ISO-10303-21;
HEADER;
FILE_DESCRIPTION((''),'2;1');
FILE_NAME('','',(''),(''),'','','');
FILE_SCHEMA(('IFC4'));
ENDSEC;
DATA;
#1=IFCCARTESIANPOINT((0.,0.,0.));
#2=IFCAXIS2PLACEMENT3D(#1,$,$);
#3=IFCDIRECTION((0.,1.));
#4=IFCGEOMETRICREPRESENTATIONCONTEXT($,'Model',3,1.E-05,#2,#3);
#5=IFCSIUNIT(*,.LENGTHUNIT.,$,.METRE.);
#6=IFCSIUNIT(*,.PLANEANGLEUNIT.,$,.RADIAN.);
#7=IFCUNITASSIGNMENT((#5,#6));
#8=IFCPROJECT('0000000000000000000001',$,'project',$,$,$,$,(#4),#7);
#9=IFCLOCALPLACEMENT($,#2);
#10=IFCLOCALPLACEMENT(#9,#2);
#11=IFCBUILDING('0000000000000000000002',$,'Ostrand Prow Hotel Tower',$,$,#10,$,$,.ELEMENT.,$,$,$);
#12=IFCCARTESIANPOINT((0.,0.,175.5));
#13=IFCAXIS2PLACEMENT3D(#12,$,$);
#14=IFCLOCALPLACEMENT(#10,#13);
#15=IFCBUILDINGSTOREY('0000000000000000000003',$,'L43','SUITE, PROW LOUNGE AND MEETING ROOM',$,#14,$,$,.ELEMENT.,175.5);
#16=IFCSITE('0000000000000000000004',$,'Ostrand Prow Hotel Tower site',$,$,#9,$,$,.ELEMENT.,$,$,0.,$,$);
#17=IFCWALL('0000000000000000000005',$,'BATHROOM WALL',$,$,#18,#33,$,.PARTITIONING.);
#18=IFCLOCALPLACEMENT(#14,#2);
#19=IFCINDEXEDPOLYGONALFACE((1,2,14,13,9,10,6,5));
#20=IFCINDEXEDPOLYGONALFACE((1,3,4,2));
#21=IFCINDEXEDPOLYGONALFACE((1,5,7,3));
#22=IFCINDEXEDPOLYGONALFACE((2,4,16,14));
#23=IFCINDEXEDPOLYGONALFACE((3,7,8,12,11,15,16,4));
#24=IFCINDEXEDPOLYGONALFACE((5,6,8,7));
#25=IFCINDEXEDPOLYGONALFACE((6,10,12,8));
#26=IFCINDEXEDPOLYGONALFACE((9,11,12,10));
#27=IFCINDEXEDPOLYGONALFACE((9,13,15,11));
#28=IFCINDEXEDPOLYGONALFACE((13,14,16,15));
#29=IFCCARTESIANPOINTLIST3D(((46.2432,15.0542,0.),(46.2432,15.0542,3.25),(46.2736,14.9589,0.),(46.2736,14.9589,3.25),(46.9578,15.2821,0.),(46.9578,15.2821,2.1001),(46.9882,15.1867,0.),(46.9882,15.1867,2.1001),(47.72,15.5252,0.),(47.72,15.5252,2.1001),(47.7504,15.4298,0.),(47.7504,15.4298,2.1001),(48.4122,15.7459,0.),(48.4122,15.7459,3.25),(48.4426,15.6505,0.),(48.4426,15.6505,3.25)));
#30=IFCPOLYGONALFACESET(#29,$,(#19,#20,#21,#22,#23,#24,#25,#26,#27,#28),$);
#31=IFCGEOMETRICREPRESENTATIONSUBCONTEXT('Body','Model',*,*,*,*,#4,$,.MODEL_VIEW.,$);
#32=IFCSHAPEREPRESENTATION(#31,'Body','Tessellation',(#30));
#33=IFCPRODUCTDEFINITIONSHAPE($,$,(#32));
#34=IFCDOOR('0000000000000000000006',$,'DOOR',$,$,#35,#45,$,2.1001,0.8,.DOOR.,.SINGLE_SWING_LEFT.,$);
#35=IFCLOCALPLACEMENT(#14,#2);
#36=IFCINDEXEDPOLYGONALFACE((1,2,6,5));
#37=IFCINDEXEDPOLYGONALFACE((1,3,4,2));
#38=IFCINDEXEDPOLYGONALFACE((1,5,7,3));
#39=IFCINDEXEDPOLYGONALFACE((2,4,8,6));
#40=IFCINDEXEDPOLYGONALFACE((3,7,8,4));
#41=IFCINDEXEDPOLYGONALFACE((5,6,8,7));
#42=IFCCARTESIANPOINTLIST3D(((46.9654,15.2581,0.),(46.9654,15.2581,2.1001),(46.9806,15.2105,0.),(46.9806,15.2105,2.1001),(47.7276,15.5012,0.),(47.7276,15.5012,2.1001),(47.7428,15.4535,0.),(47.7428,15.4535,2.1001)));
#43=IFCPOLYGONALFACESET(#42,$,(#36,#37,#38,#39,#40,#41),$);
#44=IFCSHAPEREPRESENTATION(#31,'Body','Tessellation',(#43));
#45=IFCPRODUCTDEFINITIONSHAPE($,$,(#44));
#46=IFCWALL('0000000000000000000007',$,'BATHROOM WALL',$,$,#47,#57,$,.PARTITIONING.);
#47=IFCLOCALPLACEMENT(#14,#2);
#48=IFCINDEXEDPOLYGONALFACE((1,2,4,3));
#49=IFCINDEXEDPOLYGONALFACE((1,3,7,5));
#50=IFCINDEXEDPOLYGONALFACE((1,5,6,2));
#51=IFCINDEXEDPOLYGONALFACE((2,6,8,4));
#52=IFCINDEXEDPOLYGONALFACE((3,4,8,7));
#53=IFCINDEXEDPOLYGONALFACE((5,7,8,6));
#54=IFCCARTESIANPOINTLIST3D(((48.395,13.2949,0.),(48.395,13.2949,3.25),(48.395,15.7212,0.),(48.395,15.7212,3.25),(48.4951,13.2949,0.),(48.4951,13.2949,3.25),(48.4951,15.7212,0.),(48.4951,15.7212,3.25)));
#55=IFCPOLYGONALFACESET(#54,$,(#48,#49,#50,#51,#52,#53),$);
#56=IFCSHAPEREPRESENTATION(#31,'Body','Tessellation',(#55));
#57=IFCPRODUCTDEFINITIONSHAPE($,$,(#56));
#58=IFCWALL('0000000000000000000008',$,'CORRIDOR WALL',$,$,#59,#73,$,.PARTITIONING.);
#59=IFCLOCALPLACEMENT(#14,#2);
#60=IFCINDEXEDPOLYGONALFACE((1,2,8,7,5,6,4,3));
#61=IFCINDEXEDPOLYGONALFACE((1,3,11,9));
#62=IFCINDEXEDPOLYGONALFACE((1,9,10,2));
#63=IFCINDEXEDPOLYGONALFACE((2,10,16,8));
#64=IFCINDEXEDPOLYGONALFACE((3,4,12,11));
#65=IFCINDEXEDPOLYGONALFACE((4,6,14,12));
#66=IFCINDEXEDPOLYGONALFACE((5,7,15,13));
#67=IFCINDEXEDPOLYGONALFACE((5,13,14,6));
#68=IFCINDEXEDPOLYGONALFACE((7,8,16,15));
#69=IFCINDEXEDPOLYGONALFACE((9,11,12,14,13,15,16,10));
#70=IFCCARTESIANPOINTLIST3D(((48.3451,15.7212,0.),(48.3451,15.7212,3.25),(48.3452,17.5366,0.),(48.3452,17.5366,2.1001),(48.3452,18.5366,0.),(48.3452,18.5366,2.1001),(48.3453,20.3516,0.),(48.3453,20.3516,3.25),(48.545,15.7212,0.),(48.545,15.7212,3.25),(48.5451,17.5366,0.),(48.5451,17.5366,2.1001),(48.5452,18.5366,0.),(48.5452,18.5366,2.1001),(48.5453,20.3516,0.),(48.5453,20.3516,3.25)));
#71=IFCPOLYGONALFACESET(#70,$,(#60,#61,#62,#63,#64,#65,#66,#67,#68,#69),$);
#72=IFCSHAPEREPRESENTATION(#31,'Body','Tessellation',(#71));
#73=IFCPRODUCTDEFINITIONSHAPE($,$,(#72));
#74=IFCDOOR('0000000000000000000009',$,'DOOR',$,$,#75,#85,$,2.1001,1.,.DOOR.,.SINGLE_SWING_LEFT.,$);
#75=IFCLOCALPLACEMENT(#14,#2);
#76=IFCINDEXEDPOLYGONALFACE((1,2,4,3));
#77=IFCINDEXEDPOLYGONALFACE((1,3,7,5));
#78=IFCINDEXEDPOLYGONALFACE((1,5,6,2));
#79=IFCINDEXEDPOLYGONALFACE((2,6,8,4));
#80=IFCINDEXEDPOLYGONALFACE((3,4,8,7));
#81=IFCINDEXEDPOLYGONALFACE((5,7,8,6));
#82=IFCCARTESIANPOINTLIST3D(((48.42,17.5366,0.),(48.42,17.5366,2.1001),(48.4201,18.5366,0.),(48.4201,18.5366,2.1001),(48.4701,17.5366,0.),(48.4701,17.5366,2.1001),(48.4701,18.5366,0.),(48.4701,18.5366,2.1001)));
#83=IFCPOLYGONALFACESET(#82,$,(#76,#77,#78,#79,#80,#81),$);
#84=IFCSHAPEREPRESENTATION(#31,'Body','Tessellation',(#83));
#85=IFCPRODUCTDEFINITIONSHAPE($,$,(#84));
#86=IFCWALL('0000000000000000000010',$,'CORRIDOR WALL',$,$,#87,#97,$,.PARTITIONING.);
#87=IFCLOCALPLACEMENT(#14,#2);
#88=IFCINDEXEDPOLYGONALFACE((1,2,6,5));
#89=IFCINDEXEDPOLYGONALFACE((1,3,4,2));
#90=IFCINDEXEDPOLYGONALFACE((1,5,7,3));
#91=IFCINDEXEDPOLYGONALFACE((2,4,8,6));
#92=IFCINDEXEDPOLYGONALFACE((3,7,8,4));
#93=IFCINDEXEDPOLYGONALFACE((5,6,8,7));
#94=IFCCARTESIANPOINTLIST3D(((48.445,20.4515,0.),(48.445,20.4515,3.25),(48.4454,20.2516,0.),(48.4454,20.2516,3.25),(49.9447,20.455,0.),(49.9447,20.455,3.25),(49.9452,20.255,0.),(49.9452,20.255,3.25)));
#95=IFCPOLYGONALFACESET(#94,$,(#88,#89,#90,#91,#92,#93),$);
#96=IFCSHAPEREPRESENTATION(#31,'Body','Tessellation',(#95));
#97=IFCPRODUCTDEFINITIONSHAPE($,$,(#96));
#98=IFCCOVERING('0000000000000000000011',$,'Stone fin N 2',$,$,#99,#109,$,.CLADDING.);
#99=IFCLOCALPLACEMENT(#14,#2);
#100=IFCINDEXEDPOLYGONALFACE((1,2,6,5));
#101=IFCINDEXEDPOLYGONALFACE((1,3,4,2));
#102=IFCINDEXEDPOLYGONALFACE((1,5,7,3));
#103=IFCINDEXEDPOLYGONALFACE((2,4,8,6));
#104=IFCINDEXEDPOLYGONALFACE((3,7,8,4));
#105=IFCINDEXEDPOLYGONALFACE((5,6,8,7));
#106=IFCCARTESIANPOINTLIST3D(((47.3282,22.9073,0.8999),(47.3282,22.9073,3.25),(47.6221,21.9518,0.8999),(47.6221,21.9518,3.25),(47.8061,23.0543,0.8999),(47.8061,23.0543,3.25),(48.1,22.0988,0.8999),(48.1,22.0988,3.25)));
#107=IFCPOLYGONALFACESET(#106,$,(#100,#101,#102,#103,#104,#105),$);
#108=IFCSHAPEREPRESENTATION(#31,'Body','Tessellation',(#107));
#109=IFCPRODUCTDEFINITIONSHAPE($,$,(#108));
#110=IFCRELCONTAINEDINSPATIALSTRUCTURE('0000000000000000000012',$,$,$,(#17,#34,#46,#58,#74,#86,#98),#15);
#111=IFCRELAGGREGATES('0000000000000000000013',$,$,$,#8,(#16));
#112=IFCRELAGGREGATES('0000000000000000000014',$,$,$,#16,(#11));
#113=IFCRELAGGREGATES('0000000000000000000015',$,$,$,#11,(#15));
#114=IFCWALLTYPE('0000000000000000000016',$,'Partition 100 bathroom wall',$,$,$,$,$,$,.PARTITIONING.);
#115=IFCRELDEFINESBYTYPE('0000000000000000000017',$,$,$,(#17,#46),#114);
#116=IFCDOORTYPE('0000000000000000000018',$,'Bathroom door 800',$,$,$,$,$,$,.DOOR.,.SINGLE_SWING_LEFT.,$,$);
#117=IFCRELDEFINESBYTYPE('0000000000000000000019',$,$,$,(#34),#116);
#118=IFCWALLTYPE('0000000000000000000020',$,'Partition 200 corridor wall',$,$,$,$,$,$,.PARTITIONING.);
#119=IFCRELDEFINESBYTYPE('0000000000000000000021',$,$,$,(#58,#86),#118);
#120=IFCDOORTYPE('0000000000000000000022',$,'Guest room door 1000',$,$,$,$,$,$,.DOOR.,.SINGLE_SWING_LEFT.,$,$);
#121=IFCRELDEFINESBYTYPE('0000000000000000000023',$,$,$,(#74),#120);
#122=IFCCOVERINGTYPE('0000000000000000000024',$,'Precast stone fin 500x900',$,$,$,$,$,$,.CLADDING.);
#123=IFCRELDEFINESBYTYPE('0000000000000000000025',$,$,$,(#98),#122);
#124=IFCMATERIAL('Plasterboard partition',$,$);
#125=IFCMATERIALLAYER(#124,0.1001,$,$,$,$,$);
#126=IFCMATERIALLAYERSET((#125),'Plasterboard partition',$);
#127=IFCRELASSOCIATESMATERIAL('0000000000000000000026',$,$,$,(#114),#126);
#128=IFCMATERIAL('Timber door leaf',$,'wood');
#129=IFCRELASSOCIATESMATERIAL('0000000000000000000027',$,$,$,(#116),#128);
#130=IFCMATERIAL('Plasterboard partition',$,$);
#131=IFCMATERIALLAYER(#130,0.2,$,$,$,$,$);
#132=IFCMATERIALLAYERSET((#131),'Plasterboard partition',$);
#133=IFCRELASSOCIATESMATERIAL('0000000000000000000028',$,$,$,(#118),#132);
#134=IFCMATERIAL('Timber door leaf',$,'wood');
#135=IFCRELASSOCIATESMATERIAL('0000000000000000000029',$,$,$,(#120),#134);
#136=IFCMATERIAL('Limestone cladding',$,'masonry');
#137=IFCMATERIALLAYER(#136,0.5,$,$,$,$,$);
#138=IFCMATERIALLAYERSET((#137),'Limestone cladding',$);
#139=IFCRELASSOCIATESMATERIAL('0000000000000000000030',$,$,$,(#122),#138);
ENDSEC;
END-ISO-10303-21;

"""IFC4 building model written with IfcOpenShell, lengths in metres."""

from ifc_helpers import new_model, si_unit, direction, frame, frame_2d, origin, place, context, subcontext, project, spatial, rectangle, extrude, material, layer, layer_set, type_object, element, fill, save


model = new_model("IFC4")

# Units and contexts
model_context = context("Model", 3, precision=1e-05, world=origin(), true_north=direction((0.0, 1.0)))
body_context = subcontext(model_context, "Body", "Model", "MODEL_VIEW")
ifc_project = project(units=[si_unit("LENGTHUNIT", "METRE"), si_unit("PLANEANGLEUNIT", "RADIAN")], contexts=[model_context])

# Site, building, storey
site_placement = place(None, origin())
site = spatial("IfcSite", under=ifc_project, at=site_placement, Name="Ostrand Prow Hotel Tower site", CompositionType="ELEMENT", RefElevation=0.0)
building_placement = place(site_placement, origin())
building = spatial("IfcBuilding", under=site, at=building_placement, Name="Ostrand Prow Hotel Tower", CompositionType="ELEMENT")
storey_placement = place(building_placement, frame((0.0, 0.0, 175.5)))
storey = spatial("IfcBuildingStorey", under=building, at=storey_placement, Name="L43", Description="SUITE, PROW LOUNGE AND MEETING ROOM", CompositionType="ELEMENT", Elevation=175.5)

# Shared definitions
ifc_material_1 = material(Name="Plasterboard partition")
ifc_layer_1 = layer(ifc_material_1, 0.1001)
ifc_layer_set_1 = layer_set([ifc_layer_1], Name="Plasterboard partition")
wall_type_1 = type_object("IfcWallType", Name="Partition 100 bathroom wall", PredefinedType="PARTITIONING", material=ifc_layer_set_1)

# Wall, opening, door
wall_1_placement = place(storey_placement, frame((46.2585, 15.0066, 0.0), z_axis=(0.0, 0.0, 1.0), x_axis=(0.952731, 0.303814, 0.0)))
wall_1 = element("IfcWall", 1, at=wall_1_placement, inside=storey, type_object=wall_type_1, Name="BATHROOM WALL", PredefinedType="PARTITIONING", context=body_context, shape_type="SweptSolid", body=[
    extrude(rectangle(XDim=2.2766, YDim=0.1001, at=frame_2d((1.1382, 0.0))), origin(), (0.0, 0.0, 1.0), 3.25),
])
opening_1_placement = place(wall_1_placement, frame((0.75, 0.0, 0.0)))
opening_1 = element("IfcOpeningElement", 2, at=opening_1_placement, cuts=wall_1, PredefinedType="OPENING", context=body_context, shape_type="SweptSolid", body=[
    extrude(rectangle(XDim=0.8, YDim=2.1001, at=frame_2d((0.3999, 1.05))), frame((0.0, 0.0601, 0.0), z_axis=(0.0, -1.0, 0.0), x_axis=(1.0, 0.0, 0.0)), (0.0, 0.0, 1.0), 0.1201),
])
ifc_material_2 = material(Name="Timber door leaf", Category="wood")
door_type_1 = type_object("IfcDoorType", Name="Bathroom door 800", OperationType="SINGLE_SWING_LEFT", PredefinedType="DOOR", material=ifc_material_2)
door_1_placement = place(opening_1_placement, origin())
door_1 = element("IfcDoor", 3, at=door_1_placement, inside=storey, type_object=door_type_1, Name="DOOR", OperationType="SINGLE_SWING_LEFT", OverallHeight=2.1001, OverallWidth=0.8, PredefinedType="DOOR", context=body_context, shape_type="SweptSolid", body=[
    extrude(rectangle(XDim=0.8, YDim=2.1001, at=frame_2d((0.3999, 1.05))), frame((0.0, 0.0249, 0.0), z_axis=(0.0, -1.0, 0.0), x_axis=(1.0, 0.0, 0.0)), (0.0, 0.0, 1.0), 0.05),
])
fill(opening_1, door_1)

# Wall
wall_2_placement = place(storey_placement, frame((48.4451, 15.7212, 0.0), z_axis=(0.0, 0.0, 1.0), x_axis=(0.0, -1.0, 0.0)))
element("IfcWall", 4, at=wall_2_placement, inside=storey, type_object=wall_type_1, Name="BATHROOM WALL", PredefinedType="PARTITIONING", context=body_context, shape_type="SweptSolid", body=[
    extrude(rectangle(XDim=2.4263, YDim=0.1001, at=frame_2d((1.2131, 0.0))), origin(), (0.0, 0.0, 1.0), 3.25),
])

# Wall, opening, door
ifc_material_3 = material(Name="Plasterboard partition")
ifc_layer_2 = layer(ifc_material_3, 0.2)
ifc_layer_set_2 = layer_set([ifc_layer_2], Name="Plasterboard partition")
wall_type_2 = type_object("IfcWallType", Name="Partition 200 corridor wall", PredefinedType="PARTITIONING", material=ifc_layer_set_2)
wall_3_placement = place(storey_placement, frame((48.4453, 20.3516, 0.0), z_axis=(0.0, 0.0, 1.0), x_axis=(-0.000053, -1.0, 0.0)))
wall_3 = element("IfcWall", 5, at=wall_3_placement, inside=storey, type_object=wall_type_2, Name="CORRIDOR WALL", PredefinedType="PARTITIONING", context=body_context, shape_type="SweptSolid", body=[
    extrude(rectangle(XDim=4.6304, YDim=0.2, at=frame_2d((2.3152, 0.0))), origin(), (0.0, 0.0, 1.0), 3.25),
])
opening_2_placement = place(wall_3_placement, frame((1.8149, 0.0, 0.0)))
opening_2 = element("IfcOpeningElement", 6, at=opening_2_placement, cuts=wall_3, PredefinedType="OPENING", context=body_context, shape_type="SweptSolid", body=[
    extrude(rectangle(XDim=1.0, YDim=2.1001, at=frame_2d((0.5, 1.05))), frame((0.0, 0.1099, 0.0), z_axis=(0.0, -1.0, 0.0), x_axis=(1.0, 0.0, 0.0)), (0.0, 0.0, 1.0), 0.22),
])
ifc_material_4 = material(Name="Timber door leaf", Category="wood")
door_type_2 = type_object("IfcDoorType", Name="Guest room door 1000", OperationType="SINGLE_SWING_LEFT", PredefinedType="DOOR", material=ifc_material_4)
door_2_placement = place(opening_2_placement, origin())
door_2 = element("IfcDoor", 7, at=door_2_placement, inside=storey, type_object=door_type_2, Name="DOOR", OperationType="SINGLE_SWING_LEFT", OverallHeight=2.1001, OverallWidth=1.0, PredefinedType="DOOR", context=body_context, shape_type="SweptSolid", body=[
    extrude(rectangle(XDim=1.0, YDim=2.1001, at=frame_2d((0.5, 1.05))), frame((0.0, 0.0249, 0.0), z_axis=(0.0, -1.0, 0.0), x_axis=(1.0, 0.0, 0.0)), (0.0, 0.0, 1.0), 0.05),
])
fill(opening_2, door_2)

# Wall
wall_4_placement = place(storey_placement, frame((49.9451, 20.355, 0.0), z_axis=(0.0, 0.0, 1.0), x_axis=(-0.999997, -0.002279, 0.0)))
element("IfcWall", 8, at=wall_4_placement, inside=storey, type_object=wall_type_2, Name="CORRIDOR WALL", PredefinedType="PARTITIONING", context=body_context, shape_type="SweptSolid", body=[
    extrude(rectangle(XDim=1.4998, YDim=0.2, at=frame_2d((0.75, 0.0))), origin(), (0.0, 0.0, 1.0), 3.25),
])

# Covering
ifc_material_5 = material(Name="Limestone cladding", Category="masonry")
ifc_layer_3 = layer(ifc_material_5, 0.5)
ifc_layer_set_3 = layer_set([ifc_layer_3], Name="Limestone cladding")
covering_type = type_object("IfcCoveringType", Name="Precast stone fin 500x900", PredefinedType="CLADDING", material=ifc_layer_set_3)
covering_placement = place(storey_placement, frame((47.8611, 22.0251, 0.8999), z_axis=(0.0, 0.0, 1.0), x_axis=(-0.294017, 0.9558, 0.0)))
element("IfcCovering", 9, at=covering_placement, inside=storey, type_object=covering_type, Name="Stone fin N 2", PredefinedType="CLADDING", context=body_context, shape_type="SweptSolid", body=[
    extrude(rectangle(XDim=0.9998, YDim=0.5, at=frame_2d((0.5, 0.0))), origin(), (0.0, 0.0, 1.0), 2.3501),
])

save(model, "model.ifc")
